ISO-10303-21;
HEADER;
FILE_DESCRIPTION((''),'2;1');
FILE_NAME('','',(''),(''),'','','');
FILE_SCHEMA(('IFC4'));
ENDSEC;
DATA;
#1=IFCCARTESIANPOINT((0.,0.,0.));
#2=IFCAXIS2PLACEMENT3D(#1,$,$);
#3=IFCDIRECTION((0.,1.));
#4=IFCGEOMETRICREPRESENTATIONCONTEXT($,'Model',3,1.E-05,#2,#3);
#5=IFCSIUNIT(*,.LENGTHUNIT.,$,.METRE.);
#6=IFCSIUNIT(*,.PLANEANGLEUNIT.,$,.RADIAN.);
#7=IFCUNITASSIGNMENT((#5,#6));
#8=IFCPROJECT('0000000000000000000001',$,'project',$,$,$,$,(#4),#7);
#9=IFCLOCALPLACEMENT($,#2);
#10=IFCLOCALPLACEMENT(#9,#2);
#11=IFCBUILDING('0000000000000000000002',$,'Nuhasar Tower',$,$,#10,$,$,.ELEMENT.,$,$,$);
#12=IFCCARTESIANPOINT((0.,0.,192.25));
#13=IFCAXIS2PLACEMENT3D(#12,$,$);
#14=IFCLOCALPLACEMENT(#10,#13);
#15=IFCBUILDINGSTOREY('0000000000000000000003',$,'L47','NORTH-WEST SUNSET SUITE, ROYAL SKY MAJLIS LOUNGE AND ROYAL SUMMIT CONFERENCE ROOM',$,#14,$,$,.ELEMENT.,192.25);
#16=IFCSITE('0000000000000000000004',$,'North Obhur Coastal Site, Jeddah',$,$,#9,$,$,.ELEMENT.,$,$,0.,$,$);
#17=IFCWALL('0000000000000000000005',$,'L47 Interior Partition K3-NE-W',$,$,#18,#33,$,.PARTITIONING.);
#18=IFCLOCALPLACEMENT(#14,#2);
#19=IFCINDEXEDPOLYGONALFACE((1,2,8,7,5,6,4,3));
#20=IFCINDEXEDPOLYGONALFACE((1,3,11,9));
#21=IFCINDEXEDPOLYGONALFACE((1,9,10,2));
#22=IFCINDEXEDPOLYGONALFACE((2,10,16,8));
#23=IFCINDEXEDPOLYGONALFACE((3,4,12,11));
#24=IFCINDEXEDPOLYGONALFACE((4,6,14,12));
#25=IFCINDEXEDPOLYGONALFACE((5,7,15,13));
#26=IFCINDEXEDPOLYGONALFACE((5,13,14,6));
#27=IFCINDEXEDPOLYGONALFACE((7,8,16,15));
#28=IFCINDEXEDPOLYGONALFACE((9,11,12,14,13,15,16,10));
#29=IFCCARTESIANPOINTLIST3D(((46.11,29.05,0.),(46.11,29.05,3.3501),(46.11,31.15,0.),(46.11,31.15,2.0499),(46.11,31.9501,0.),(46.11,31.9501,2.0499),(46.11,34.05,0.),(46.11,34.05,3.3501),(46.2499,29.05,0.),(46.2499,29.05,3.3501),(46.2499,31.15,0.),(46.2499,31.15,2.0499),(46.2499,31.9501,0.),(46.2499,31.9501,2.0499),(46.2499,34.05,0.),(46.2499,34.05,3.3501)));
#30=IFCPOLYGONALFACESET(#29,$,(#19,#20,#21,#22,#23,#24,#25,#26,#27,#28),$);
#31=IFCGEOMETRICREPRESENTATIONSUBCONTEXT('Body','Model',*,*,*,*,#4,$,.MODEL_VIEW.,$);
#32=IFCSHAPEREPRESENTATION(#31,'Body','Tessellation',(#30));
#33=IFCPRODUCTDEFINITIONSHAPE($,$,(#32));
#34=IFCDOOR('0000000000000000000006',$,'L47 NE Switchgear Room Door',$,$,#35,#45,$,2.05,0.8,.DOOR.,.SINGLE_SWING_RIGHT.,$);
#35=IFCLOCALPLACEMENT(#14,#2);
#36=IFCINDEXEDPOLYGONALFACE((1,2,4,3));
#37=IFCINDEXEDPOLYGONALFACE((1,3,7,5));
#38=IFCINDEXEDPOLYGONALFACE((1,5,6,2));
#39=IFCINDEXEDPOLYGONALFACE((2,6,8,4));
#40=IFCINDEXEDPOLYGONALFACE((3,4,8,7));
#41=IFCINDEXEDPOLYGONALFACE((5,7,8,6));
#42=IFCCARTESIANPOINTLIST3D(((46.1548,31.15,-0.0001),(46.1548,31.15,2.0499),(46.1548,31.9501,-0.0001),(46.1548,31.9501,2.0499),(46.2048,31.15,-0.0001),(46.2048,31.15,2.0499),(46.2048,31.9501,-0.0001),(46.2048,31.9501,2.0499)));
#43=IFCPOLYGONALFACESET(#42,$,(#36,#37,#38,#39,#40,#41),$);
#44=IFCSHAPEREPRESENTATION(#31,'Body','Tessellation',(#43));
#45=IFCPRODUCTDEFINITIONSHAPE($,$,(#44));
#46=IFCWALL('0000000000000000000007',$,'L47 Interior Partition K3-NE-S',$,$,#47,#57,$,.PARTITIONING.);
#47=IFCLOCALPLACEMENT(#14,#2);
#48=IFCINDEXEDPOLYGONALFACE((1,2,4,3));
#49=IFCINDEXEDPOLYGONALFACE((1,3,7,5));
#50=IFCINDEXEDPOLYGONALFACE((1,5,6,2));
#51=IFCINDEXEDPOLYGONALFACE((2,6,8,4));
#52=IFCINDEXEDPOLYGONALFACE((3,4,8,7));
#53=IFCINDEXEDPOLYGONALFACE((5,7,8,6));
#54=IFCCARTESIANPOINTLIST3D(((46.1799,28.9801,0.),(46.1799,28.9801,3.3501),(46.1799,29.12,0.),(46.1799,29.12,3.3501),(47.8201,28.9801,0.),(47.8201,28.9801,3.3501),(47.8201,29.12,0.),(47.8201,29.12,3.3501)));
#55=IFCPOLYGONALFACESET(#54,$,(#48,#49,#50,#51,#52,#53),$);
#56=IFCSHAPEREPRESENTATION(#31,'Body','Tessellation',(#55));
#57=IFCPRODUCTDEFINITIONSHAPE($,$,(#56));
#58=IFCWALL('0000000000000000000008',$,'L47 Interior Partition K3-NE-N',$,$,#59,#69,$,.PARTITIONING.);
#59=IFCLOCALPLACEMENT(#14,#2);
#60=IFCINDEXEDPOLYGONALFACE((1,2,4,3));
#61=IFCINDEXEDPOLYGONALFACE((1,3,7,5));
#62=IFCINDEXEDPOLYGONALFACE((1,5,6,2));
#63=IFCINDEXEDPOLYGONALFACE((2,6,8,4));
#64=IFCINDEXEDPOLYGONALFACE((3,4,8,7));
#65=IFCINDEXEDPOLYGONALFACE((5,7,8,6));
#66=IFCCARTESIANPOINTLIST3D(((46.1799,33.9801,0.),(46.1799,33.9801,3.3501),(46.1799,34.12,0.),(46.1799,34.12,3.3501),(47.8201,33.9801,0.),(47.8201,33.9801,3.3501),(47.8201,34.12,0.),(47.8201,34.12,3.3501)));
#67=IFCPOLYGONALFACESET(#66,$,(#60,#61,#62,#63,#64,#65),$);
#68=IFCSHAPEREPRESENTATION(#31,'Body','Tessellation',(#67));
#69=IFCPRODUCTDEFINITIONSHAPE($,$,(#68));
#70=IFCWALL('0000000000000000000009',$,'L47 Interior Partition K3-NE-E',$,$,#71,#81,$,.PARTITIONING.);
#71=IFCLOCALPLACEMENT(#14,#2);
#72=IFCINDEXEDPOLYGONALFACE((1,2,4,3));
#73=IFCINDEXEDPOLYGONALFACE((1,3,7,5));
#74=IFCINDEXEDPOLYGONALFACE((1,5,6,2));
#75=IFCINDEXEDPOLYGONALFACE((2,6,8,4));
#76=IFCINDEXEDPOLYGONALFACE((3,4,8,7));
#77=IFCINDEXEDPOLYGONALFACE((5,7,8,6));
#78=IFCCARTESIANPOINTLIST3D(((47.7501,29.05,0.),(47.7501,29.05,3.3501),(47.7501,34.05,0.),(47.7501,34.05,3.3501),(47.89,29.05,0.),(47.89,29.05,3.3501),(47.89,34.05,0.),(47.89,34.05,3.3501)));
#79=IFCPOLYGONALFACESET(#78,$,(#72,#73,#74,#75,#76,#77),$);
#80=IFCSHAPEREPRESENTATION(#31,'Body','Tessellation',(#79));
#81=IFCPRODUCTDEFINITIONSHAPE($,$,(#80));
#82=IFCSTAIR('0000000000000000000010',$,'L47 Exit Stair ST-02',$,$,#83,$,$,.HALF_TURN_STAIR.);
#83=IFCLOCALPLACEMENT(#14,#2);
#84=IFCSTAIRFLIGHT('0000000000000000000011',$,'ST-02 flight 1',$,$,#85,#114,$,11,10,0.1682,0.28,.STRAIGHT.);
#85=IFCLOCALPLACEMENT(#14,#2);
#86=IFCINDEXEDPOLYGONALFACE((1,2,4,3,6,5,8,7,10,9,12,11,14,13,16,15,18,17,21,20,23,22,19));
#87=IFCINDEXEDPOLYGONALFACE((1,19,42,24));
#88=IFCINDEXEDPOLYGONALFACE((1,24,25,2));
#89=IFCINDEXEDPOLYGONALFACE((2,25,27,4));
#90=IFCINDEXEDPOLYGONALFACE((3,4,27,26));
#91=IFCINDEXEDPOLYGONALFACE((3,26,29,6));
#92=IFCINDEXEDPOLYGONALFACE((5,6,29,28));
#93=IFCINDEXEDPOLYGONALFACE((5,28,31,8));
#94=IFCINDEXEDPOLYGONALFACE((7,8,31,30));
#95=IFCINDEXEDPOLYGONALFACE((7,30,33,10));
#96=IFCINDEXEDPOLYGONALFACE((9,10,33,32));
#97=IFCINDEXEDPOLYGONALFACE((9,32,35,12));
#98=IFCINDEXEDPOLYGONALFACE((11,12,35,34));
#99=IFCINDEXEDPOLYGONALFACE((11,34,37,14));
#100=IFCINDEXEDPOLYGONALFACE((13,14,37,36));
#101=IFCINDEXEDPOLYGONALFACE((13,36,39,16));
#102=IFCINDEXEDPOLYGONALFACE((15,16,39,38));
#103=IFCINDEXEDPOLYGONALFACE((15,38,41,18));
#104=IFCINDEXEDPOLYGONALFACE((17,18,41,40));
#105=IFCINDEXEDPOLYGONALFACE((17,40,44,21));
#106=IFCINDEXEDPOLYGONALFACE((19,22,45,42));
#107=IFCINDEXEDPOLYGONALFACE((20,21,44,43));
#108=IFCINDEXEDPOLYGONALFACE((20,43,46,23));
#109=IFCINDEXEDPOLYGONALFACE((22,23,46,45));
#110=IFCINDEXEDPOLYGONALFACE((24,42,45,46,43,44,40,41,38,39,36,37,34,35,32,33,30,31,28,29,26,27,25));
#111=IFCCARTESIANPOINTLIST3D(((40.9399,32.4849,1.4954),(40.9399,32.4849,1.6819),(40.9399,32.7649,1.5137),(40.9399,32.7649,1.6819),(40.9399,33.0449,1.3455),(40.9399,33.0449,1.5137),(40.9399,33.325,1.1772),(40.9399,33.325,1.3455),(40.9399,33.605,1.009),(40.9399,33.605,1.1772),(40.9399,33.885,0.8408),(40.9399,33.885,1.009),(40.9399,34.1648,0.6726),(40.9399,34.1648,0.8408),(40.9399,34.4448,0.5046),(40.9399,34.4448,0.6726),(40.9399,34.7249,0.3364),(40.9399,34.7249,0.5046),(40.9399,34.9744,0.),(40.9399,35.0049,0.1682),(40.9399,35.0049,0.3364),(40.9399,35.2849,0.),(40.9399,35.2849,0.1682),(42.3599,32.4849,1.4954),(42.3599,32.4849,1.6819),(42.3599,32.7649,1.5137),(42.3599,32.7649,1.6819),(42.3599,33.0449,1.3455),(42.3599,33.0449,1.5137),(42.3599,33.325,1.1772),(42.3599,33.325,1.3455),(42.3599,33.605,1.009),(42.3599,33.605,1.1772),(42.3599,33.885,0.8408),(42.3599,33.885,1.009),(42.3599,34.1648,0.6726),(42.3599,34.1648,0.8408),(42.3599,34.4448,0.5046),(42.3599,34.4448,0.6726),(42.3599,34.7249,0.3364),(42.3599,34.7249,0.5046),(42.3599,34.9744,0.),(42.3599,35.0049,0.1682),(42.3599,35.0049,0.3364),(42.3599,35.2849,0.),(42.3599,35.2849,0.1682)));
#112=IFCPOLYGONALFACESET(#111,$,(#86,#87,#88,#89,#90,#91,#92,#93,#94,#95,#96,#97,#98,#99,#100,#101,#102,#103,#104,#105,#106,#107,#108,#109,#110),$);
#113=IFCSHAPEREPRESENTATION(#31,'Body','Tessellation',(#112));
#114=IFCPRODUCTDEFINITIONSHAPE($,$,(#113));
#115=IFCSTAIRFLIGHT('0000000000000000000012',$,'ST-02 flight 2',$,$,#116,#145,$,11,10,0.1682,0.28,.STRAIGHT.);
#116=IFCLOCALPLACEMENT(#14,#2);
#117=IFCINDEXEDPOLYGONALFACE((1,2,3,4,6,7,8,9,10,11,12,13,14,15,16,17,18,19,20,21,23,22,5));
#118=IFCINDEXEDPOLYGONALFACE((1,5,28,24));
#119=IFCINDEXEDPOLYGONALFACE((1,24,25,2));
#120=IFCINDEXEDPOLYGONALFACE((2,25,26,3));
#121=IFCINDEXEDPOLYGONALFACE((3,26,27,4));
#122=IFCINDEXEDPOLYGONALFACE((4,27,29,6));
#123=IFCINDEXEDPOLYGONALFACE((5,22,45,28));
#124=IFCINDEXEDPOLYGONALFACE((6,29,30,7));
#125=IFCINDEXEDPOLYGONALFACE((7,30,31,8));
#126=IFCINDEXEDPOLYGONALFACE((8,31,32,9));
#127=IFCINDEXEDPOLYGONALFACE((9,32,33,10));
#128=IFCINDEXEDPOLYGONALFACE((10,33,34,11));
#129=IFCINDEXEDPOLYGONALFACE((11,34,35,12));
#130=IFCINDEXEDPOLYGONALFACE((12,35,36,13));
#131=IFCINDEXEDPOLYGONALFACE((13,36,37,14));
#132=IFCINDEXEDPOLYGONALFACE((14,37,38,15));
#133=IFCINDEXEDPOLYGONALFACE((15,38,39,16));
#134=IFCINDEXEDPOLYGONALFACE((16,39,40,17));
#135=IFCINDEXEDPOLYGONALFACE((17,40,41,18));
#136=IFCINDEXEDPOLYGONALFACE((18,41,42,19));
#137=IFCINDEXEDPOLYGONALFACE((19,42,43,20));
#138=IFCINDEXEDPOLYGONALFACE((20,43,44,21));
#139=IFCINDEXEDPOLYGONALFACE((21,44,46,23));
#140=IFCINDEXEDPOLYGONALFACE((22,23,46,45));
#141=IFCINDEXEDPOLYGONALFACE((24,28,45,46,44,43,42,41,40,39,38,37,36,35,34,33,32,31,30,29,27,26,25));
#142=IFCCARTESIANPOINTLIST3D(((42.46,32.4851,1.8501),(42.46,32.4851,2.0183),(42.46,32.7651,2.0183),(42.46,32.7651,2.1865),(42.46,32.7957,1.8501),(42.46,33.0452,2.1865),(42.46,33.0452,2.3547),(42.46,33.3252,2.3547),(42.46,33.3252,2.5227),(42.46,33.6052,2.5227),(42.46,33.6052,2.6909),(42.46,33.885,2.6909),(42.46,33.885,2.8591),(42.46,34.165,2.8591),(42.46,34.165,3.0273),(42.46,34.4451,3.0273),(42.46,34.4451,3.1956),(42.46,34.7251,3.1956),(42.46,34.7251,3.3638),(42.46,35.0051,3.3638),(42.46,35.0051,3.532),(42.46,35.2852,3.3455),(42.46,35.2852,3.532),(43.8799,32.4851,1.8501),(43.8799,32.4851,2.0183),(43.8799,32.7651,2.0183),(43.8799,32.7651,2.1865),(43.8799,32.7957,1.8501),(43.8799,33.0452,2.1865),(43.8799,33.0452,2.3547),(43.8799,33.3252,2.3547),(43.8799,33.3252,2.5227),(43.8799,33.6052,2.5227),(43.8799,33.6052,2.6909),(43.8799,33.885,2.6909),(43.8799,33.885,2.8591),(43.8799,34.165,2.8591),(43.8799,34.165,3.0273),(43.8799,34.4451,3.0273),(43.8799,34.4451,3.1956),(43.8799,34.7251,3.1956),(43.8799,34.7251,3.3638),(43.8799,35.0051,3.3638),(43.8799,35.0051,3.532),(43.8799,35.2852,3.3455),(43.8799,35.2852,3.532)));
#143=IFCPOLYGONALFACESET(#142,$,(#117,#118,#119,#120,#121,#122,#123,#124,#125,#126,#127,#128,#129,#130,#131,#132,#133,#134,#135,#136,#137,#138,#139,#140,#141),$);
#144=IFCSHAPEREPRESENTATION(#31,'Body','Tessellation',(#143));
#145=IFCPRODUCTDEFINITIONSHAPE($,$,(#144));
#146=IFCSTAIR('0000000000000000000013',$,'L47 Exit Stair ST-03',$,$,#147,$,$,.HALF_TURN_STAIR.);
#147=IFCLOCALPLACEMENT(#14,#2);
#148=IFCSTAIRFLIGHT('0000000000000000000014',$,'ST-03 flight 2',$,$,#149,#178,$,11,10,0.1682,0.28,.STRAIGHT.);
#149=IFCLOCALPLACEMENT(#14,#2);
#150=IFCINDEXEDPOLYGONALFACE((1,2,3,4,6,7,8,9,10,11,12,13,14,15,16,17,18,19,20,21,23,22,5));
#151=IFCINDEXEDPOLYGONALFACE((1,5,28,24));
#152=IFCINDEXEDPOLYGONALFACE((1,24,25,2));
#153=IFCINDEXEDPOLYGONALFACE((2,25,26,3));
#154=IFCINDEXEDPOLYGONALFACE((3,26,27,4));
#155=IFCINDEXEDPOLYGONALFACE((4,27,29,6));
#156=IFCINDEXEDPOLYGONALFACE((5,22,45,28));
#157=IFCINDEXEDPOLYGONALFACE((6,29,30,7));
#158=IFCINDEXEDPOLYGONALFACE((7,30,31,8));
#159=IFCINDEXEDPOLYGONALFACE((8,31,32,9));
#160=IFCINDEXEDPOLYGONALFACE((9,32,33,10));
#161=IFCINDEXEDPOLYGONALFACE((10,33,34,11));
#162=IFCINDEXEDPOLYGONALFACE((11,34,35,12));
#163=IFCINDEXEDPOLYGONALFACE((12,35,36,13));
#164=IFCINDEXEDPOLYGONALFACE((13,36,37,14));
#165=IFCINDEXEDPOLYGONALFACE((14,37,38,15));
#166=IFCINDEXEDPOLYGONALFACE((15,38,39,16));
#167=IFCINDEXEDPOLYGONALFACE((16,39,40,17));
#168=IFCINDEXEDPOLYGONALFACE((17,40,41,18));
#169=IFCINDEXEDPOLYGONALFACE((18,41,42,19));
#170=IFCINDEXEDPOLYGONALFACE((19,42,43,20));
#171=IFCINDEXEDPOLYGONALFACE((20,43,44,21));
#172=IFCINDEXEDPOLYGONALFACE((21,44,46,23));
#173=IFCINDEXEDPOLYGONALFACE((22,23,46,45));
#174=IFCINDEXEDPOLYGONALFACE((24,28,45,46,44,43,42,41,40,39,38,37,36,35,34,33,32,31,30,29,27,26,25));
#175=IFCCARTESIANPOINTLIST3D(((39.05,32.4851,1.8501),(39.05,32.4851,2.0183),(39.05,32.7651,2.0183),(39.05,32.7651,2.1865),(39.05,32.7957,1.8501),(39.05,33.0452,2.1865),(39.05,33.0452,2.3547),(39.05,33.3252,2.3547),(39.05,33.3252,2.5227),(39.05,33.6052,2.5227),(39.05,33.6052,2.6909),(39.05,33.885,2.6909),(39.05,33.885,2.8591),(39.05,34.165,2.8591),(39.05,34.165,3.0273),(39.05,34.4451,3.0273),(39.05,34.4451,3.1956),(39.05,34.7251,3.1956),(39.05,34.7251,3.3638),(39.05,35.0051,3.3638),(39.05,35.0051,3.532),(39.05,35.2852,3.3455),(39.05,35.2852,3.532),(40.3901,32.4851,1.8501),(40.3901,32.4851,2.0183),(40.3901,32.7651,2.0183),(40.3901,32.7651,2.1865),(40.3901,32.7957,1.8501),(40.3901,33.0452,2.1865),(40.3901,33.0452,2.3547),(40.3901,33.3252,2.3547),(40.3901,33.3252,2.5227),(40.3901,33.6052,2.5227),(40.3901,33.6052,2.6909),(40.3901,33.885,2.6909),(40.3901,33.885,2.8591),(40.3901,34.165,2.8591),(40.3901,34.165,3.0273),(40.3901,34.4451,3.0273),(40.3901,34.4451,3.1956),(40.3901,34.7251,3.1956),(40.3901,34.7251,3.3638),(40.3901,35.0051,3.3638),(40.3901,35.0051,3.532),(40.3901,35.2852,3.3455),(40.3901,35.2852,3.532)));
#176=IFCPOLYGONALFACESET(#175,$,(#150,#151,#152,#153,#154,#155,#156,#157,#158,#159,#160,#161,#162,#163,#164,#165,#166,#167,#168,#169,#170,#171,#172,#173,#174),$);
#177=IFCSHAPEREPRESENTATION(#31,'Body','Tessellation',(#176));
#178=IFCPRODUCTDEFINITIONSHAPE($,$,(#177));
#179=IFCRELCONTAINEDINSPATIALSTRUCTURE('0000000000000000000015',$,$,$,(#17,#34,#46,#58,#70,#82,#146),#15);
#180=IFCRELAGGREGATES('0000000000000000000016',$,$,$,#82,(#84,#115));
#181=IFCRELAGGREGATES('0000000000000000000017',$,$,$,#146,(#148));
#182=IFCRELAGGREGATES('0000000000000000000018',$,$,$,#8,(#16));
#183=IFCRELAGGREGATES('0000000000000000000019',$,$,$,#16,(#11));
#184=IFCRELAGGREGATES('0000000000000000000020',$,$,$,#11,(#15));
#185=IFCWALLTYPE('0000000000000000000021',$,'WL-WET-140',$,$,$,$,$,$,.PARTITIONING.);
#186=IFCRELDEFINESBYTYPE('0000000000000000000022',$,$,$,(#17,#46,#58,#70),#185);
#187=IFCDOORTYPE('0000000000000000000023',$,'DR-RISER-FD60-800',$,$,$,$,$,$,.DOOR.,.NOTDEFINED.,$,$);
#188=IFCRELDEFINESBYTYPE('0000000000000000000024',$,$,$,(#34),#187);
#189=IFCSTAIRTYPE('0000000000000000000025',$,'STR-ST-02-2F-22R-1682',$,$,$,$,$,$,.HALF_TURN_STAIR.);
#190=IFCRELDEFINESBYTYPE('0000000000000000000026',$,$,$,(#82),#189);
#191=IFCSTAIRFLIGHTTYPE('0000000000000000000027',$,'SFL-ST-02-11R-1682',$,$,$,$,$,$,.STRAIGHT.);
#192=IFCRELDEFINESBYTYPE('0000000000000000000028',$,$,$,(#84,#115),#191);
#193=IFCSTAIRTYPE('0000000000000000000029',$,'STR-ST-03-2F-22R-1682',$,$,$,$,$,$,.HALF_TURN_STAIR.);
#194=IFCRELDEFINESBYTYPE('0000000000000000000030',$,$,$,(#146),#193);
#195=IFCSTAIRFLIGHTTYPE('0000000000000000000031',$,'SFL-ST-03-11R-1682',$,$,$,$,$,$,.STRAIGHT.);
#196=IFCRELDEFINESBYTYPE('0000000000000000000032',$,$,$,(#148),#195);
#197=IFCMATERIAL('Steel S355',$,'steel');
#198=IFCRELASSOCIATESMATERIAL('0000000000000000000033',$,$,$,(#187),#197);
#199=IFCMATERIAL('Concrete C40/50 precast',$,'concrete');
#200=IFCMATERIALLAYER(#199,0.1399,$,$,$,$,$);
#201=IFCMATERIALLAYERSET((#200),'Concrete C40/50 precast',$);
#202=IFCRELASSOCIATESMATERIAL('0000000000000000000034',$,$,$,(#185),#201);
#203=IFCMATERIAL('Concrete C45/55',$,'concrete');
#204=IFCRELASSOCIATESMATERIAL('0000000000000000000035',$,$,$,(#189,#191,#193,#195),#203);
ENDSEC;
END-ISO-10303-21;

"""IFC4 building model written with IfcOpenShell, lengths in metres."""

from ifc_helpers import new_model, si_unit, direction, frame, frame_2d, origin, place, context, subcontext, project, spatial, polyline, rectangle, outline, extrude, material, layer, layer_set, type_object, element, fill, aggregate, save


model = new_model("IFC4")

# Units and contexts
model_context = context("Model", 3, precision=1e-05, world=origin(), true_north=direction((0.0, 1.0)))
body_context = subcontext(model_context, "Body", "Model", "MODEL_VIEW")
ifc_project = project(units=[si_unit("LENGTHUNIT", "METRE"), si_unit("PLANEANGLEUNIT", "RADIAN")], contexts=[model_context])

# Site, building, storey
site_placement = place(None, origin())
site = spatial("IfcSite", under=ifc_project, at=site_placement, Name="North Obhur Coastal Site, Jeddah", CompositionType="ELEMENT", RefElevation=0.0)
building_placement = place(site_placement, origin())
building = spatial("IfcBuilding", under=site, at=building_placement, Name="Nuhasar Tower", CompositionType="ELEMENT")
storey_placement = place(building_placement, frame((0.0, 0.0, 192.25)))
storey = spatial("IfcBuildingStorey", under=building, at=storey_placement, Name="L47", Description="NORTH-WEST SUNSET SUITE, ROYAL SKY MAJLIS LOUNGE AND ROYAL SUMMIT CONFERENCE ROOM", CompositionType="ELEMENT", Elevation=192.25)

# Shared definitions
ifc_material_1 = material(Name="Concrete C45/55", Category="concrete")

# Shared definitions
ifc_material_2 = material(Name="Steel S355", Category="steel")
door_type = type_object("IfcDoorType", Name="DR-RISER-FD60-800", OperationType="NOTDEFINED", PredefinedType="DOOR", material=ifc_material_2)

# Wall, opening, door
ifc_material_3 = material(Name="Concrete C40/50 precast", Category="concrete")
ifc_layer_1 = layer(ifc_material_3, 0.1399)
ifc_layer_set_1 = layer_set([ifc_layer_1], Name="Concrete C40/50 precast")
wall_type_1 = type_object("IfcWallType", Name="WL-WET-140", PredefinedType="PARTITIONING", material=ifc_layer_set_1)
wall_1_placement = place(storey_placement, frame((46.1799, 34.05, 0.0), z_axis=(0.0, 0.0, 1.0), x_axis=(0.0, -1.0, 0.0)))
wall_1 = element("IfcWall", 1, at=wall_1_placement, inside=storey, type_object=wall_type_1, Name="L47 Interior Partition K3-NE-W", PredefinedType="PARTITIONING", context=body_context, shape_type="SweptSolid", body=[
    extrude(rectangle(XDim=5.0, YDim=0.1399, at=frame_2d((2.5, 0.0))), origin(), (0.0, 0.0, 1.0), 3.3501),
])
opening_1_placement = place(wall_1_placement, frame((2.1001, 0.0, 0.0)))
opening_1 = element("IfcOpeningElement", 2, at=opening_1_placement, cuts=wall_1, PredefinedType="OPENING", context=body_context, shape_type="SweptSolid", body=[
    extrude(rectangle(XDim=0.8, YDim=2.05, at=frame_2d((0.3999, 1.0249))), frame((0.0, 0.0801, 0.0), z_axis=(0.0, -1.0, 0.0), x_axis=(1.0, 0.0, 0.0)), (0.0, 0.0, 1.0), 0.1599),
])
door_1_placement = place(opening_1_placement, origin())
door_1 = element("IfcDoor", 3, at=door_1_placement, inside=storey, type_object=door_type, Name="L47 NE Switchgear Room Door", OperationType="SINGLE_SWING_RIGHT", OverallHeight=2.05, OverallWidth=0.8, PredefinedType="DOOR", context=body_context, shape_type="SweptSolid", body=[
    extrude(rectangle(XDim=0.8, YDim=2.05, at=frame_2d((0.3999, 1.0249))), frame((0.0, 0.0249, 0.0), z_axis=(0.0, -1.0, 0.0), x_axis=(1.0, 0.0, 0.0)), (0.0, 0.0, 1.0), 0.05),
])
fill(opening_1, door_1)

# Walls
for number, where, z_axis, x_axis, name in (
    (4, (46.1799, 29.05, 0.0), (0.0, 0.0, 1.0), (1.0, 0.0, 0.0), "L47 Interior Partition K3-NE-S"),
    (5, (46.1799, 34.05, 0.0), (0.0, 0.0, 1.0), (1.0, 0.0, 0.0), "L47 Interior Partition K3-NE-N"),
):
    element("IfcWall", number, at=place(storey_placement, frame(where, z_axis=z_axis, x_axis=x_axis)), inside=storey, type_object=wall_type_1, Name=name, PredefinedType="PARTITIONING", context=body_context, shape_type="SweptSolid", body=[
        extrude(rectangle(XDim=1.6401, YDim=0.1399, at=frame_2d((0.8201, 0.0))), origin(), (0.0, 0.0, 1.0), 3.3501),
    ])
wall_2_placement = place(storey_placement, frame((47.8201, 29.05, 0.0), z_axis=(0.0, 0.0, 1.0), x_axis=(0.0, 1.0, 0.0)))
element("IfcWall", 6, at=wall_2_placement, inside=storey, type_object=wall_type_1, Name="L47 Interior Partition K3-NE-E", PredefinedType="PARTITIONING", context=body_context, shape_type="SweptSolid", body=[
    extrude(rectangle(XDim=5.0, YDim=0.1399, at=frame_2d((2.5, 0.0))), origin(), (0.0, 0.0, 1.0), 3.3501),
])

# Stair, stair flights
stair_type_1 = type_object("IfcStairType", Name="STR-ST-02-2F-22R-1682", PredefinedType="HALF_TURN_STAIR", material=ifc_material_1)
stair_1_placement = place(storey_placement, origin())
stair_1 = element("IfcStair", 7, at=stair_1_placement, inside=storey, type_object=stair_type_1, Name="L47 Exit Stair ST-02", PredefinedType="HALF_TURN_STAIR")
stair_flight_type_1 = type_object("IfcStairFlightType", Name="SFL-ST-02-11R-1682", PredefinedType="STRAIGHT", material=ifc_material_1)
stair_flight_1_placement = place(storey_placement, frame((41.6499, 35.2849, 0.0), z_axis=(0.0, 0.0, 1.0), x_axis=(0.0, -1.0, 0.0)))
stair_flight_1 = element("IfcStairFlight", 8, at=stair_flight_1_placement, type_object=stair_flight_type_1, Name="ST-02 flight 1", NumberOfRisers=11, NumberOfTreads=10, PredefinedType="STRAIGHT", RiserHeight=0.1682, TreadLength=0.28, context=body_context, shape_type="SweptSolid", body=[
    extrude(outline(polyline([(0.0, 0.0), (0.0, 0.1682), (0.28, 0.1682), (0.28, 0.3364), (0.5601, 0.3364), (0.5601, 0.5046), (0.8401, 0.5046), (0.8401, 0.6726), (1.1201, 0.6726), (1.1201, 0.8408), (1.3999, 0.8408), (1.3999, 1.009), (1.6799, 1.009), (1.6799, 1.1772), (1.96, 1.1772), (1.96, 1.3455), (2.24, 1.3455), (2.24, 1.5137), (2.52, 1.5137), (2.52, 1.6819), (2.8, 1.6819), (2.8, 1.8501), (2.8, 1.4954), (0.3105, 0.0), (0.0, 0.0)])), frame((0.0, 0.71, 0.0), z_axis=(0.0, -1.0, 0.0), x_axis=(1.0, 0.0, 0.0)), (0.0, 0.0, 1.0), 1.4199),
])
stair_flight_2_placement = place(storey_placement, frame((43.1699, 32.4851, 1.8501), z_axis=(0.0, 0.0, 1.0), x_axis=(0.0, 1.0, 0.0)))
stair_flight_2 = element("IfcStairFlight", 9, at=stair_flight_2_placement, type_object=stair_flight_type_1, Name="ST-02 flight 2", NumberOfRisers=11, NumberOfTreads=10, PredefinedType="STRAIGHT", RiserHeight=0.1682, TreadLength=0.28, context=body_context, shape_type="SweptSolid", body=[
    extrude(outline(polyline([(0.0, 0.0), (0.0, 0.1682), (0.28, 0.1682), (0.28, 0.3364), (0.5601, 0.3364), (0.5601, 0.5046), (0.8401, 0.5046), (0.8401, 0.6726), (1.1201, 0.6726), (1.1201, 0.8408), (1.3999, 0.8408), (1.3999, 1.009), (1.6799, 1.009), (1.6799, 1.1772), (1.96, 1.1772), (1.96, 1.3455), (2.24, 1.3455), (2.24, 1.5137), (2.52, 1.5137), (2.52, 1.6819), (2.8, 1.6819), (2.8, 1.8501), (2.8, 1.4954), (0.3105, 0.0), (0.0, 0.0)])), frame((0.0, 0.71, 0.0), z_axis=(0.0, -1.0, 0.0), x_axis=(1.0, 0.0, 0.0)), (0.0, 0.0, 1.0), 1.4199),
])
aggregate(stair_1, [stair_flight_1, stair_flight_2])

# Stair, stair flight
stair_type_2 = type_object("IfcStairType", Name="STR-ST-03-2F-22R-1682", PredefinedType="HALF_TURN_STAIR", material=ifc_material_1)
stair_2_placement = place(storey_placement, origin())
stair_2 = element("IfcStair", 10, at=stair_2_placement, inside=storey, type_object=stair_type_2, Name="L47 Exit Stair ST-03", PredefinedType="HALF_TURN_STAIR")
stair_flight_type_2 = type_object("IfcStairFlightType", Name="SFL-ST-03-11R-1682", PredefinedType="STRAIGHT", material=ifc_material_1)
stair_flight_3_placement = place(storey_placement, frame((39.72, 32.4851, 1.8501), z_axis=(0.0, 0.0, 1.0), x_axis=(0.0, 1.0, 0.0)))
stair_flight_3 = element("IfcStairFlight", 11, at=stair_flight_3_placement, type_object=stair_flight_type_2, Name="ST-03 flight 2", NumberOfRisers=11, NumberOfTreads=10, PredefinedType="STRAIGHT", RiserHeight=0.1682, TreadLength=0.28, context=body_context, shape_type="SweptSolid", body=[
    extrude(outline(polyline([(0.0, 0.0), (0.0, 0.1682), (0.28, 0.1682), (0.28, 0.3364), (0.5601, 0.3364), (0.5601, 0.5046), (0.8401, 0.5046), (0.8401, 0.6726), (1.1201, 0.6726), (1.1201, 0.8408), (1.3999, 0.8408), (1.3999, 1.009), (1.6799, 1.009), (1.6799, 1.1772), (1.96, 1.1772), (1.96, 1.3455), (2.24, 1.3455), (2.24, 1.5137), (2.52, 1.5137), (2.52, 1.6819), (2.8, 1.6819), (2.8, 1.8501), (2.8, 1.4954), (0.3105, 0.0), (0.0, 0.0)])), frame((0.0, 0.6699, 0.0), z_axis=(0.0, -1.0, 0.0), x_axis=(1.0, 0.0, 0.0)), (0.0, 0.0, 1.0), 1.3401),
])
aggregate(stair_2, [stair_flight_3])

save(model, "model.ifc")
